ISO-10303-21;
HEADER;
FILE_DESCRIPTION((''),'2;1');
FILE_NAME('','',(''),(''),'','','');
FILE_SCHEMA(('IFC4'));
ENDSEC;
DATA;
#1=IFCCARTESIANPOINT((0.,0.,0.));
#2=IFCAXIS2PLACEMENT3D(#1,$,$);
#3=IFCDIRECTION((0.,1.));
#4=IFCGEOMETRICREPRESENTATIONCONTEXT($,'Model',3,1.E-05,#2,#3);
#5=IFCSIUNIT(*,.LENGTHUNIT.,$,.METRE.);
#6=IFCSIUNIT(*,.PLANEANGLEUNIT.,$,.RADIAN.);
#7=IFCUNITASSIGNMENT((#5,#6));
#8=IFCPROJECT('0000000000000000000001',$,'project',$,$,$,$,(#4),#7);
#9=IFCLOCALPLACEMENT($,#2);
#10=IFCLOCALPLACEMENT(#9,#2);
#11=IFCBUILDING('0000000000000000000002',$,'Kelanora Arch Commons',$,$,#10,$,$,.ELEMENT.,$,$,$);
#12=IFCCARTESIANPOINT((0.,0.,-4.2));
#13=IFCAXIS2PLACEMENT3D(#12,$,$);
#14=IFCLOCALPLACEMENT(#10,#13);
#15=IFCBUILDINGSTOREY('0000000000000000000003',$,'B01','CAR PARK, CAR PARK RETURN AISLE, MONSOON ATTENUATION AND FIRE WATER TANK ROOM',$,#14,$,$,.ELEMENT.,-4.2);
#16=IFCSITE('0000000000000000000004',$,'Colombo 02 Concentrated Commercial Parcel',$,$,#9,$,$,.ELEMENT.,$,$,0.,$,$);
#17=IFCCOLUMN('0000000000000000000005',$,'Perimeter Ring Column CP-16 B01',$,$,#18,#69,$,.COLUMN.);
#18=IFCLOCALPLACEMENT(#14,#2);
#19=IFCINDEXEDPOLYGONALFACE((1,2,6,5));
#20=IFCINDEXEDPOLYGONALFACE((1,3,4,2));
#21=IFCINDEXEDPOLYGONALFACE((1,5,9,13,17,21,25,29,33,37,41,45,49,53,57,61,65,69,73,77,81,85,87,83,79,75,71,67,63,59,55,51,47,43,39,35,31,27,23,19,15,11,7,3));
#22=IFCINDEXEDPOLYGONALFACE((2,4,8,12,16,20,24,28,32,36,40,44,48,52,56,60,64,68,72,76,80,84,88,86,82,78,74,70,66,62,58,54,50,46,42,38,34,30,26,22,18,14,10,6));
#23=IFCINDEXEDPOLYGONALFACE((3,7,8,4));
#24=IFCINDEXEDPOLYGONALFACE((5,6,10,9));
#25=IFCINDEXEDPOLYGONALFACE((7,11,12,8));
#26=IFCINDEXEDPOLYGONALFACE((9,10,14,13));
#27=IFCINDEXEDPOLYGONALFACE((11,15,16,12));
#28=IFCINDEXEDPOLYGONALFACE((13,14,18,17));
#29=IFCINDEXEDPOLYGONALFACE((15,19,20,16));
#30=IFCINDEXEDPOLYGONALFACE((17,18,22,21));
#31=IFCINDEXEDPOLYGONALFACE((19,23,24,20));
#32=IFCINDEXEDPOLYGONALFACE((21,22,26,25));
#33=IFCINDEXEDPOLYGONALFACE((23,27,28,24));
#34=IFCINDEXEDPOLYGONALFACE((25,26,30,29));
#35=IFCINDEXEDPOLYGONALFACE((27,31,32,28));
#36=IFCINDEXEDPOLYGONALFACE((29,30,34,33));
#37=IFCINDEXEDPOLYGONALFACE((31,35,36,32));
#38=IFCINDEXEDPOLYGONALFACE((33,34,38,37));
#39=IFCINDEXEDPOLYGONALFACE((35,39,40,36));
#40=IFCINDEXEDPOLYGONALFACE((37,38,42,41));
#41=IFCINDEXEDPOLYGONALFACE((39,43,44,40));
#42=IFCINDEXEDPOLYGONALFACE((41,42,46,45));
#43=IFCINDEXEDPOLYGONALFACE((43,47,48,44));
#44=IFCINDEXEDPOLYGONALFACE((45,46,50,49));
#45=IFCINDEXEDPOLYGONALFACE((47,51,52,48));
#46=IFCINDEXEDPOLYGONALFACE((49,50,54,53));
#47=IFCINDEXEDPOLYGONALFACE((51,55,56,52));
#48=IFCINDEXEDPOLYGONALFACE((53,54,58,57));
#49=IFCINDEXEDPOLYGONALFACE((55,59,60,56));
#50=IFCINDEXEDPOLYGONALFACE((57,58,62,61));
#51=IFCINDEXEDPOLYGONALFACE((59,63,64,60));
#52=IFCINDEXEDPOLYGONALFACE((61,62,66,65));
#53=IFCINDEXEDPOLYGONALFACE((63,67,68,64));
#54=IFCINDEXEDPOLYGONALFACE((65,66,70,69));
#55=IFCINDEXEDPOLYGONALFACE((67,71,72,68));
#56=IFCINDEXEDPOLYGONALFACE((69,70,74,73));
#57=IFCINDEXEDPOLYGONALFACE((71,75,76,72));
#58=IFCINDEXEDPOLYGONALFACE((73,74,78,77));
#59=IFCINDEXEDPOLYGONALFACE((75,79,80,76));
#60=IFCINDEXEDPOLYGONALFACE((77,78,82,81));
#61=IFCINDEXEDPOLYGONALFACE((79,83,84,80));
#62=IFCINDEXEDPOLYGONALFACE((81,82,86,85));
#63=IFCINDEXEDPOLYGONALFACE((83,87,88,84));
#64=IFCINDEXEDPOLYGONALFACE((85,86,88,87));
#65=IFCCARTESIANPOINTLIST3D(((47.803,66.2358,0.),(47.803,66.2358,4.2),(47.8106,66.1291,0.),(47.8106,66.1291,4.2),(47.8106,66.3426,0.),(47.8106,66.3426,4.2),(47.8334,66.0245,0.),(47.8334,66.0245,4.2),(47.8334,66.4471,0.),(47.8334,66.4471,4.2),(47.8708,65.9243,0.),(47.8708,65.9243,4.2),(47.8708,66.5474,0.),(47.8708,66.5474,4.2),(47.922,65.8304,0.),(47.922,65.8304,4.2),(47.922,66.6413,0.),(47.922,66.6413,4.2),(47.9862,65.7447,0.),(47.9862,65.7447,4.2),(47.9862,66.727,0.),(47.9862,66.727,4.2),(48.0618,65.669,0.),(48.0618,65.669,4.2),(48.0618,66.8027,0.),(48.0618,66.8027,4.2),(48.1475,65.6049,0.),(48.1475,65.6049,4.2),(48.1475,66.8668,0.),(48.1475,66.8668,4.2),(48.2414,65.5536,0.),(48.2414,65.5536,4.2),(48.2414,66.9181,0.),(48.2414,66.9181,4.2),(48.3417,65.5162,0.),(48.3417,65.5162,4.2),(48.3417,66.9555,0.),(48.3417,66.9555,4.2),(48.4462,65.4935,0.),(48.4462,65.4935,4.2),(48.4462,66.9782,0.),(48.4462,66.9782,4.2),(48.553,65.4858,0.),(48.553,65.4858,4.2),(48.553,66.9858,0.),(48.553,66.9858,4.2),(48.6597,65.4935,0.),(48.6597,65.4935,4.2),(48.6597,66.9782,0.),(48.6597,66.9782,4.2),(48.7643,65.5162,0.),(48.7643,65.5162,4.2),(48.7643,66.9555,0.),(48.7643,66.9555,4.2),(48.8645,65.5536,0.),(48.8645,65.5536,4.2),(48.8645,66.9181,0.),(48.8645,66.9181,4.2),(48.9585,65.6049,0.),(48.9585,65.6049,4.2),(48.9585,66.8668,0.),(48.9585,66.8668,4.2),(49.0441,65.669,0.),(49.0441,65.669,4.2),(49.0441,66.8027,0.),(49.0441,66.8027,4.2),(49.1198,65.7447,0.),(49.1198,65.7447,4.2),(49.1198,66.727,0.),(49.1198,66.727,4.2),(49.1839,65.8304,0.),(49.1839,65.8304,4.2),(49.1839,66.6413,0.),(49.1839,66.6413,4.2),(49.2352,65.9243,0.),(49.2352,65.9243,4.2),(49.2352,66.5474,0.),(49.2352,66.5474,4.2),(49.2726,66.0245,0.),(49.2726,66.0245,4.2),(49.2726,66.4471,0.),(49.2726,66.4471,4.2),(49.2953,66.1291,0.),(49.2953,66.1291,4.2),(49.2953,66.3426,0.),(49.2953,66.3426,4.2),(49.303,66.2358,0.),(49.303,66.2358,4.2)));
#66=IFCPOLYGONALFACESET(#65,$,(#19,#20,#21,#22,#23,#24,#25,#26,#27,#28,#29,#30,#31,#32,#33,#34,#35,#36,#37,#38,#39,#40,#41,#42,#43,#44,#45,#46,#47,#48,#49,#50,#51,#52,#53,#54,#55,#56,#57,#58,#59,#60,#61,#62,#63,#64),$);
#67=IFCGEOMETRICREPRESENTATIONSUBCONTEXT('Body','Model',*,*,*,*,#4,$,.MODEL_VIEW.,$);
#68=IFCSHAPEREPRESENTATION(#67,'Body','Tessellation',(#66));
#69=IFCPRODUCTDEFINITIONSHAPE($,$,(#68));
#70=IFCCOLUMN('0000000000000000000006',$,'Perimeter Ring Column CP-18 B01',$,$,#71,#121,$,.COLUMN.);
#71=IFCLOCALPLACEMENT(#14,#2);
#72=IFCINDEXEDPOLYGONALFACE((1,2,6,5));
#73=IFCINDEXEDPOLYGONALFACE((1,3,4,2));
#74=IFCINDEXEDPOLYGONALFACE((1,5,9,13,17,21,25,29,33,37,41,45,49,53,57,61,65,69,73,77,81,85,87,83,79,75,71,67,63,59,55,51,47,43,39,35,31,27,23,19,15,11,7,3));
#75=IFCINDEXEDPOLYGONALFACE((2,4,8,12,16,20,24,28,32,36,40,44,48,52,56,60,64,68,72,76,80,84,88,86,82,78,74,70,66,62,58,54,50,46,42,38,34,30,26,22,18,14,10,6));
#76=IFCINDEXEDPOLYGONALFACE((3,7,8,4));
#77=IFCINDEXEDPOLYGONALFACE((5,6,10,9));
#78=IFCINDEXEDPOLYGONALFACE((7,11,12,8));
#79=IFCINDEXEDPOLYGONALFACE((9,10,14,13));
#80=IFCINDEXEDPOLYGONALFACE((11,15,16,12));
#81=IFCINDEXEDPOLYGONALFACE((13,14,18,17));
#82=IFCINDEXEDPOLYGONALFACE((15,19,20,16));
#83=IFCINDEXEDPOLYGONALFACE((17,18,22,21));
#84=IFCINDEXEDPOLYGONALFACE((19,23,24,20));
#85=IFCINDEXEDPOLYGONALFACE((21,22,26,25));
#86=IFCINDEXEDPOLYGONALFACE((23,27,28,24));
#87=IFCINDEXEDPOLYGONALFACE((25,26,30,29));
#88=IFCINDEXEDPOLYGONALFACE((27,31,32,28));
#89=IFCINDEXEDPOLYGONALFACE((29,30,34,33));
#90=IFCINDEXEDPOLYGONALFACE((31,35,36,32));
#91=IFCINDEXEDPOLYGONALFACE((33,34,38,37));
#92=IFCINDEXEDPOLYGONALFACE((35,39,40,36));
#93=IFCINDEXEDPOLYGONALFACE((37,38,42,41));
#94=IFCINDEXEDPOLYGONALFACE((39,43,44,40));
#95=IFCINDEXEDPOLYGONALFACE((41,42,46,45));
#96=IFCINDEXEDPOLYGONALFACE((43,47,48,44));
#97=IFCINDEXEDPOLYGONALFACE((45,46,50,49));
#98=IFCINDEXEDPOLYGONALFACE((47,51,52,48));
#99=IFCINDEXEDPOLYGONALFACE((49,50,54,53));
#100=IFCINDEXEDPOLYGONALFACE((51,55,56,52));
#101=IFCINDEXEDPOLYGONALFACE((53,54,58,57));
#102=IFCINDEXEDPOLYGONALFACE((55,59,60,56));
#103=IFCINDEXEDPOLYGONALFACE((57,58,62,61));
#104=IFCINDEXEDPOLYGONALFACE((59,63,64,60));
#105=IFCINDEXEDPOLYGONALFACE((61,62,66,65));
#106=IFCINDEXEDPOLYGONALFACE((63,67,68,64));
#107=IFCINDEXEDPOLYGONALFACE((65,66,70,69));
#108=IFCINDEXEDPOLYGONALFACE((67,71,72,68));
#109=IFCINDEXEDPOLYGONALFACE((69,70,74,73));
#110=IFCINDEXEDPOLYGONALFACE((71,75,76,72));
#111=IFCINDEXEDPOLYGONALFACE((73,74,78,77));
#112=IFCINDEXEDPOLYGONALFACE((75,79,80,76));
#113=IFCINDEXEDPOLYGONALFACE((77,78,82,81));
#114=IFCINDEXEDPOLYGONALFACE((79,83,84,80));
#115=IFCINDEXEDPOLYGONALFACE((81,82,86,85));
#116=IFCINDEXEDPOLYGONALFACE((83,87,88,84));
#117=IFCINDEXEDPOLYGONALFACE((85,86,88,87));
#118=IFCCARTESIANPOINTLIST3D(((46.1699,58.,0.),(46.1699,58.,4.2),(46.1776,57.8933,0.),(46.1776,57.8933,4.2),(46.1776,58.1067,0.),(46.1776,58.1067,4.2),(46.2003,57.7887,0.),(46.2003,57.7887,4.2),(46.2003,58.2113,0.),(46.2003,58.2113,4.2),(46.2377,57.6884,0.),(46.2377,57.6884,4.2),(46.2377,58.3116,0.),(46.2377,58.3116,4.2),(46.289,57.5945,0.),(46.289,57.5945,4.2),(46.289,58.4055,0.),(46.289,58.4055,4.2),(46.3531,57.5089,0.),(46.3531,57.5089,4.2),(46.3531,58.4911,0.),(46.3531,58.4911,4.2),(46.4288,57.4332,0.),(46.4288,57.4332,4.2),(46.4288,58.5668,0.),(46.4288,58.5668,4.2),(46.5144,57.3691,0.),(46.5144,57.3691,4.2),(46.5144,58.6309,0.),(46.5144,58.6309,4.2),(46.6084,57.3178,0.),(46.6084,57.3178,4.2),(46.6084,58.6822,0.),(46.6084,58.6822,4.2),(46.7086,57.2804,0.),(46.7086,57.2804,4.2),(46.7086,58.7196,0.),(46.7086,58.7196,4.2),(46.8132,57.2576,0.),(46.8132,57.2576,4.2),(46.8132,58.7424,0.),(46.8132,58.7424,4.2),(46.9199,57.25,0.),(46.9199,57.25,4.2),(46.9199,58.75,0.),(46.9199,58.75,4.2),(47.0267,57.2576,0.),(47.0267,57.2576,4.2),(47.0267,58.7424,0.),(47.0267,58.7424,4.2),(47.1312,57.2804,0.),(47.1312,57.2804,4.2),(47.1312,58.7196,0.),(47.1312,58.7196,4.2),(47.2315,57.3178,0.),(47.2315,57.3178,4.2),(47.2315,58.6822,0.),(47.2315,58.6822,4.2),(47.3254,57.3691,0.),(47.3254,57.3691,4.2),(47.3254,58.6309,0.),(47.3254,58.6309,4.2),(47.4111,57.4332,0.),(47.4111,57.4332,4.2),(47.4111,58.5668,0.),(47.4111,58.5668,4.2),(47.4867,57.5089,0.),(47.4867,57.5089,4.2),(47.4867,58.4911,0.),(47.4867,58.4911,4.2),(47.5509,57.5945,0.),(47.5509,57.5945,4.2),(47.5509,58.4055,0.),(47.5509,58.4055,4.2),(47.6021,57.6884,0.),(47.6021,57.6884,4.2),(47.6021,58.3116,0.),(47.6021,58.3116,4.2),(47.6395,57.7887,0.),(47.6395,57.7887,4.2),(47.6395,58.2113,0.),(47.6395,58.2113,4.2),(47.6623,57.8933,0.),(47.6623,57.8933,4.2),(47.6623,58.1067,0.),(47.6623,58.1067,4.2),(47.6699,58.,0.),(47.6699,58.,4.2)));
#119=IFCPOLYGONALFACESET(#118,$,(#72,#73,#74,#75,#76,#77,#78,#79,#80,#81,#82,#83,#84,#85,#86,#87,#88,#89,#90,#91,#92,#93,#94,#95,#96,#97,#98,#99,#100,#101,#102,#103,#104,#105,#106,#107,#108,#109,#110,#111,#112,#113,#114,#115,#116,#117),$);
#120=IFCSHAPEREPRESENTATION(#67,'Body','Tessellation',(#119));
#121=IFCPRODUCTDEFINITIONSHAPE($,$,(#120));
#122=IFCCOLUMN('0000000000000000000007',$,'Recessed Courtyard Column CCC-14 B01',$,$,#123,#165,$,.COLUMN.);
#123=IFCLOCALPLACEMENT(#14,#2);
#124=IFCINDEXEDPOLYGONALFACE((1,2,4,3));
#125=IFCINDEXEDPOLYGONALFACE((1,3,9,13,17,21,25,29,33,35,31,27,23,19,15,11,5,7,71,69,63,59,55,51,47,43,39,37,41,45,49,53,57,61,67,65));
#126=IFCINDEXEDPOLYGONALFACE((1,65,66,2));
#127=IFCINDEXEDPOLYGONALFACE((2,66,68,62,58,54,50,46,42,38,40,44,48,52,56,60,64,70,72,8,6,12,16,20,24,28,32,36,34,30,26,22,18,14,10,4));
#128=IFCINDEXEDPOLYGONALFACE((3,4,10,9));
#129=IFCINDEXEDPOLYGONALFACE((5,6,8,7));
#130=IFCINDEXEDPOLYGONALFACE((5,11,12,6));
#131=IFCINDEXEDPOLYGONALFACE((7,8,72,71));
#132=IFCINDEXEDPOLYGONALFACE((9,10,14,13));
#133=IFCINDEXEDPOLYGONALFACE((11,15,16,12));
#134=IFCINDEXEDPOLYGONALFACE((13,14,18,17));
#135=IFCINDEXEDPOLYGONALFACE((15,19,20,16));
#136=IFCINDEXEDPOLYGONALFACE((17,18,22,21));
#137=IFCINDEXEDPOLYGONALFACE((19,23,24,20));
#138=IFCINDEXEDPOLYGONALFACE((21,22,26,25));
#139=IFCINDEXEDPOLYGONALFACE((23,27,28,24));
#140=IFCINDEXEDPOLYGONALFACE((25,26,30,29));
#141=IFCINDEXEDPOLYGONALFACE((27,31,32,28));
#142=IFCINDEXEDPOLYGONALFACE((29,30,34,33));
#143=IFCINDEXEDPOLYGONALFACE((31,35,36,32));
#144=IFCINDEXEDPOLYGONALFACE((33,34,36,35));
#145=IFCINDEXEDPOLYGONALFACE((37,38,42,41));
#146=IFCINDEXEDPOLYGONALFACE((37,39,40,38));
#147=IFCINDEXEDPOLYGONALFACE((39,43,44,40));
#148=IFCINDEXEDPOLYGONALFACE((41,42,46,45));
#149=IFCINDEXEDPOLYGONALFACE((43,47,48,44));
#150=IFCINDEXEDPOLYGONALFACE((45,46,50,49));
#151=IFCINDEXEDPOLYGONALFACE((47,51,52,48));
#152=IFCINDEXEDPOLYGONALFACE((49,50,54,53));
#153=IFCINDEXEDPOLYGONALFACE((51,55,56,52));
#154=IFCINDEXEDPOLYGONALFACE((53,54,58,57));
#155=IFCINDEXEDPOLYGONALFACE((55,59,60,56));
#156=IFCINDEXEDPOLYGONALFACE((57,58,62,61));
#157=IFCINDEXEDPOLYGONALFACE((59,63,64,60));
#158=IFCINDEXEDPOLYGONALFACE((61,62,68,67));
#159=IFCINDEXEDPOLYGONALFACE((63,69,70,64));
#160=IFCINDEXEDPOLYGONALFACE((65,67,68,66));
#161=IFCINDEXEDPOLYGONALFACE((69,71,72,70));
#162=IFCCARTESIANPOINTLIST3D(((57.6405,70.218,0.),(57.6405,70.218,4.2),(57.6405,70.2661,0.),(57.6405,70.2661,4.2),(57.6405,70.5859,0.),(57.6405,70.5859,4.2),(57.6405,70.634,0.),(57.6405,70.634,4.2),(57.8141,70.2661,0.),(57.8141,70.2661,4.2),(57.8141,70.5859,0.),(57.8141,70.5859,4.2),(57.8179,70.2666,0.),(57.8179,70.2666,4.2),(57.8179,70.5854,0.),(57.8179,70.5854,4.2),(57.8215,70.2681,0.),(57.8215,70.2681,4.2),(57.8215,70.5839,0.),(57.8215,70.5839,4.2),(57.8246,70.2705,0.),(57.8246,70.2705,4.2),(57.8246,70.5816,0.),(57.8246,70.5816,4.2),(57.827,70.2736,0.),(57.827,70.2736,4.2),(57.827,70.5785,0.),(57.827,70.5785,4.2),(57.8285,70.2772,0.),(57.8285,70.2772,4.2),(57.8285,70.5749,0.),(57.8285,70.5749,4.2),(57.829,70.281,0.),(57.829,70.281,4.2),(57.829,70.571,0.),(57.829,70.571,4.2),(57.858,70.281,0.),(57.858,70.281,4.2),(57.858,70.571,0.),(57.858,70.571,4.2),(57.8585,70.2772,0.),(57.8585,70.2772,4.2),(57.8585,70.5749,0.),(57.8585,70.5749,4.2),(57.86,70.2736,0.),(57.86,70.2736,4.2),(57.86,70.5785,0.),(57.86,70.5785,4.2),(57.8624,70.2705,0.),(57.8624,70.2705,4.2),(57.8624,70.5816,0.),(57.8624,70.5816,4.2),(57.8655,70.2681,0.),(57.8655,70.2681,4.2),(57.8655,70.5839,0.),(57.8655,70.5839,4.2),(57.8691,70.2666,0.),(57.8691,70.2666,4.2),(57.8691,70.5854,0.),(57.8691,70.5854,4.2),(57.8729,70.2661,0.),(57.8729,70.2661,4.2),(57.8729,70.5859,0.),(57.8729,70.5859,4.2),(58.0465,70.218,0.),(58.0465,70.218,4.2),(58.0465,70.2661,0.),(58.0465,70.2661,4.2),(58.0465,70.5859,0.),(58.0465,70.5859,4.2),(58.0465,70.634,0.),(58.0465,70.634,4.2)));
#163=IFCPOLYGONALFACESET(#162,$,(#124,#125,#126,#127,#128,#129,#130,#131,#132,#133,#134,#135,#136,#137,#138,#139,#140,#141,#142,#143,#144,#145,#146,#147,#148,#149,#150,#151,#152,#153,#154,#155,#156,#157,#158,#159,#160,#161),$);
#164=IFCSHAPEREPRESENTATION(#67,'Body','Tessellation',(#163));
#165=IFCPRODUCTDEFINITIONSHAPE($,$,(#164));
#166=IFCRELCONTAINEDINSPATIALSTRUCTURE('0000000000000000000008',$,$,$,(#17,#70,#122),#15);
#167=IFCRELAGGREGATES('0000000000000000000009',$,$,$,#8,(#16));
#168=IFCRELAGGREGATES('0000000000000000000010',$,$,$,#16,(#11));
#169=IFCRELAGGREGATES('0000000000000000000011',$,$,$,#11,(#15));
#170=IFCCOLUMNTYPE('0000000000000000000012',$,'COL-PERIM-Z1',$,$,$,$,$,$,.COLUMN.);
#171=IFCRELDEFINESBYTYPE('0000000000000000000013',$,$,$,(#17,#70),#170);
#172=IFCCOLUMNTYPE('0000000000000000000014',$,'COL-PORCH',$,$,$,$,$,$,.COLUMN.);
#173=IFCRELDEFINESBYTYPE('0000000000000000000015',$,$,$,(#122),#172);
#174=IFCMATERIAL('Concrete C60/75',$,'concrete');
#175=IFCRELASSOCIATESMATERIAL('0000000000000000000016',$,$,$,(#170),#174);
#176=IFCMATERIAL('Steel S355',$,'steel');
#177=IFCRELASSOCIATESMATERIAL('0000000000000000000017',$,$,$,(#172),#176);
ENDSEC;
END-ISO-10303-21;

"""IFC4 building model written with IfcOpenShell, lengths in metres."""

from ifc_helpers import new_model, si_unit, direction, frame, origin, origin_2d, place, context, subcontext, project, spatial, circle, i_section, extrude, material, material_profile, profile_set, type_object, element, save


model = new_model("IFC4")

# Units and contexts
model_context = context("Model", 3, precision=1e-05, world=origin(), true_north=direction((0.0, 1.0)))
body_context = subcontext(model_context, "Body", "Model", "MODEL_VIEW")
ifc_project = project(units=[si_unit("LENGTHUNIT", "METRE"), si_unit("PLANEANGLEUNIT", "RADIAN")], contexts=[model_context])

# Site, building, storey
site_placement = place(None, origin())
site = spatial("IfcSite", under=ifc_project, at=site_placement, Name="Colombo 02 Concentrated Commercial Parcel", CompositionType="ELEMENT", RefElevation=0.0)
building_placement = place(site_placement, origin())
building = spatial("IfcBuilding", under=site, at=building_placement, Name="Kelanora Arch Commons", CompositionType="ELEMENT")
storey_placement = place(building_placement, frame((0.0, 0.0, -4.2)))
storey = spatial("IfcBuildingStorey", under=building, at=storey_placement, Name="B01", Description="CAR PARK, CAR PARK RETURN AISLE, MONSOON ATTENUATION AND FIRE WATER TANK ROOM", CompositionType="ELEMENT", Elevation=-4.2)

# Columns
ifc_material_1 = material(Name="Concrete C60/75", Category="concrete")
ifc_material_profile_1 = material_profile(ifc_material_1, circle(Radius=0.75, at=origin_2d()), Name="RCC1500")
ifc_profile_set_1 = profile_set([ifc_material_profile_1], Name="Concrete C60/75")
column_type_1 = type_object("IfcColumnType", Name="COL-PERIM-Z1", PredefinedType="COLUMN", material=ifc_profile_set_1)
for number, where, z_axis, x_axis, name in (
    (1, (48.553, 66.2358, 0.0), (0.0, 0.0, 1.0), (1.0, 0.0, 0.0), "Perimeter Ring Column CP-16 B01"),
    (2, (46.9199, 58.0, 0.0), (0.0, 0.0, 1.0), (1.0, 0.0, 0.0), "Perimeter Ring Column CP-18 B01"),
):
    element("IfcColumn", number, at=place(storey_placement, frame(where, z_axis=z_axis, x_axis=x_axis)), inside=storey, type_object=column_type_1, Name=name, PredefinedType="COLUMN", context=body_context, shape_type="SweptSolid", body=[
        extrude(circle(Radius=0.75, at=origin_2d()), origin(), (0.0, 0.0, 1.0), 4.2),
    ])
ifc_material_2 = material(Name="Steel S355", Category="steel")
ifc_material_profile_2 = material_profile(ifc_material_2, i_section(OverallWidth=0.406, OverallDepth=0.416, WebThickness=0.0291, FlangeThickness=0.0481, FilletRadius=0.0149, at=origin_2d()), Name="HD400x382")
ifc_profile_set_2 = profile_set([ifc_material_profile_2], Name="Steel S355")
column_type_2 = type_object("IfcColumnType", Name="COL-PORCH", PredefinedType="COLUMN", material=ifc_profile_set_2)
for number, where, z_axis, x_axis, name in (
    (3, (57.8435, 70.426, 0.0), (0.0, 0.0, 1.0), (1.0, 0.0, 0.0), "Recessed Courtyard Column CCC-14 B01"),
):
    element("IfcColumn", number, at=place(storey_placement, frame(where, z_axis=z_axis, x_axis=x_axis)), inside=storey, type_object=column_type_2, Name=name, PredefinedType="COLUMN", context=body_context, shape_type="SweptSolid", body=[
        extrude(i_section(OverallWidth=0.406, OverallDepth=0.416, WebThickness=0.0291, FlangeThickness=0.0481, FilletRadius=0.0149, at=origin_2d()), origin(), (0.0, 0.0, 1.0), 4.2),
    ])

save(model, "model.ifc")
